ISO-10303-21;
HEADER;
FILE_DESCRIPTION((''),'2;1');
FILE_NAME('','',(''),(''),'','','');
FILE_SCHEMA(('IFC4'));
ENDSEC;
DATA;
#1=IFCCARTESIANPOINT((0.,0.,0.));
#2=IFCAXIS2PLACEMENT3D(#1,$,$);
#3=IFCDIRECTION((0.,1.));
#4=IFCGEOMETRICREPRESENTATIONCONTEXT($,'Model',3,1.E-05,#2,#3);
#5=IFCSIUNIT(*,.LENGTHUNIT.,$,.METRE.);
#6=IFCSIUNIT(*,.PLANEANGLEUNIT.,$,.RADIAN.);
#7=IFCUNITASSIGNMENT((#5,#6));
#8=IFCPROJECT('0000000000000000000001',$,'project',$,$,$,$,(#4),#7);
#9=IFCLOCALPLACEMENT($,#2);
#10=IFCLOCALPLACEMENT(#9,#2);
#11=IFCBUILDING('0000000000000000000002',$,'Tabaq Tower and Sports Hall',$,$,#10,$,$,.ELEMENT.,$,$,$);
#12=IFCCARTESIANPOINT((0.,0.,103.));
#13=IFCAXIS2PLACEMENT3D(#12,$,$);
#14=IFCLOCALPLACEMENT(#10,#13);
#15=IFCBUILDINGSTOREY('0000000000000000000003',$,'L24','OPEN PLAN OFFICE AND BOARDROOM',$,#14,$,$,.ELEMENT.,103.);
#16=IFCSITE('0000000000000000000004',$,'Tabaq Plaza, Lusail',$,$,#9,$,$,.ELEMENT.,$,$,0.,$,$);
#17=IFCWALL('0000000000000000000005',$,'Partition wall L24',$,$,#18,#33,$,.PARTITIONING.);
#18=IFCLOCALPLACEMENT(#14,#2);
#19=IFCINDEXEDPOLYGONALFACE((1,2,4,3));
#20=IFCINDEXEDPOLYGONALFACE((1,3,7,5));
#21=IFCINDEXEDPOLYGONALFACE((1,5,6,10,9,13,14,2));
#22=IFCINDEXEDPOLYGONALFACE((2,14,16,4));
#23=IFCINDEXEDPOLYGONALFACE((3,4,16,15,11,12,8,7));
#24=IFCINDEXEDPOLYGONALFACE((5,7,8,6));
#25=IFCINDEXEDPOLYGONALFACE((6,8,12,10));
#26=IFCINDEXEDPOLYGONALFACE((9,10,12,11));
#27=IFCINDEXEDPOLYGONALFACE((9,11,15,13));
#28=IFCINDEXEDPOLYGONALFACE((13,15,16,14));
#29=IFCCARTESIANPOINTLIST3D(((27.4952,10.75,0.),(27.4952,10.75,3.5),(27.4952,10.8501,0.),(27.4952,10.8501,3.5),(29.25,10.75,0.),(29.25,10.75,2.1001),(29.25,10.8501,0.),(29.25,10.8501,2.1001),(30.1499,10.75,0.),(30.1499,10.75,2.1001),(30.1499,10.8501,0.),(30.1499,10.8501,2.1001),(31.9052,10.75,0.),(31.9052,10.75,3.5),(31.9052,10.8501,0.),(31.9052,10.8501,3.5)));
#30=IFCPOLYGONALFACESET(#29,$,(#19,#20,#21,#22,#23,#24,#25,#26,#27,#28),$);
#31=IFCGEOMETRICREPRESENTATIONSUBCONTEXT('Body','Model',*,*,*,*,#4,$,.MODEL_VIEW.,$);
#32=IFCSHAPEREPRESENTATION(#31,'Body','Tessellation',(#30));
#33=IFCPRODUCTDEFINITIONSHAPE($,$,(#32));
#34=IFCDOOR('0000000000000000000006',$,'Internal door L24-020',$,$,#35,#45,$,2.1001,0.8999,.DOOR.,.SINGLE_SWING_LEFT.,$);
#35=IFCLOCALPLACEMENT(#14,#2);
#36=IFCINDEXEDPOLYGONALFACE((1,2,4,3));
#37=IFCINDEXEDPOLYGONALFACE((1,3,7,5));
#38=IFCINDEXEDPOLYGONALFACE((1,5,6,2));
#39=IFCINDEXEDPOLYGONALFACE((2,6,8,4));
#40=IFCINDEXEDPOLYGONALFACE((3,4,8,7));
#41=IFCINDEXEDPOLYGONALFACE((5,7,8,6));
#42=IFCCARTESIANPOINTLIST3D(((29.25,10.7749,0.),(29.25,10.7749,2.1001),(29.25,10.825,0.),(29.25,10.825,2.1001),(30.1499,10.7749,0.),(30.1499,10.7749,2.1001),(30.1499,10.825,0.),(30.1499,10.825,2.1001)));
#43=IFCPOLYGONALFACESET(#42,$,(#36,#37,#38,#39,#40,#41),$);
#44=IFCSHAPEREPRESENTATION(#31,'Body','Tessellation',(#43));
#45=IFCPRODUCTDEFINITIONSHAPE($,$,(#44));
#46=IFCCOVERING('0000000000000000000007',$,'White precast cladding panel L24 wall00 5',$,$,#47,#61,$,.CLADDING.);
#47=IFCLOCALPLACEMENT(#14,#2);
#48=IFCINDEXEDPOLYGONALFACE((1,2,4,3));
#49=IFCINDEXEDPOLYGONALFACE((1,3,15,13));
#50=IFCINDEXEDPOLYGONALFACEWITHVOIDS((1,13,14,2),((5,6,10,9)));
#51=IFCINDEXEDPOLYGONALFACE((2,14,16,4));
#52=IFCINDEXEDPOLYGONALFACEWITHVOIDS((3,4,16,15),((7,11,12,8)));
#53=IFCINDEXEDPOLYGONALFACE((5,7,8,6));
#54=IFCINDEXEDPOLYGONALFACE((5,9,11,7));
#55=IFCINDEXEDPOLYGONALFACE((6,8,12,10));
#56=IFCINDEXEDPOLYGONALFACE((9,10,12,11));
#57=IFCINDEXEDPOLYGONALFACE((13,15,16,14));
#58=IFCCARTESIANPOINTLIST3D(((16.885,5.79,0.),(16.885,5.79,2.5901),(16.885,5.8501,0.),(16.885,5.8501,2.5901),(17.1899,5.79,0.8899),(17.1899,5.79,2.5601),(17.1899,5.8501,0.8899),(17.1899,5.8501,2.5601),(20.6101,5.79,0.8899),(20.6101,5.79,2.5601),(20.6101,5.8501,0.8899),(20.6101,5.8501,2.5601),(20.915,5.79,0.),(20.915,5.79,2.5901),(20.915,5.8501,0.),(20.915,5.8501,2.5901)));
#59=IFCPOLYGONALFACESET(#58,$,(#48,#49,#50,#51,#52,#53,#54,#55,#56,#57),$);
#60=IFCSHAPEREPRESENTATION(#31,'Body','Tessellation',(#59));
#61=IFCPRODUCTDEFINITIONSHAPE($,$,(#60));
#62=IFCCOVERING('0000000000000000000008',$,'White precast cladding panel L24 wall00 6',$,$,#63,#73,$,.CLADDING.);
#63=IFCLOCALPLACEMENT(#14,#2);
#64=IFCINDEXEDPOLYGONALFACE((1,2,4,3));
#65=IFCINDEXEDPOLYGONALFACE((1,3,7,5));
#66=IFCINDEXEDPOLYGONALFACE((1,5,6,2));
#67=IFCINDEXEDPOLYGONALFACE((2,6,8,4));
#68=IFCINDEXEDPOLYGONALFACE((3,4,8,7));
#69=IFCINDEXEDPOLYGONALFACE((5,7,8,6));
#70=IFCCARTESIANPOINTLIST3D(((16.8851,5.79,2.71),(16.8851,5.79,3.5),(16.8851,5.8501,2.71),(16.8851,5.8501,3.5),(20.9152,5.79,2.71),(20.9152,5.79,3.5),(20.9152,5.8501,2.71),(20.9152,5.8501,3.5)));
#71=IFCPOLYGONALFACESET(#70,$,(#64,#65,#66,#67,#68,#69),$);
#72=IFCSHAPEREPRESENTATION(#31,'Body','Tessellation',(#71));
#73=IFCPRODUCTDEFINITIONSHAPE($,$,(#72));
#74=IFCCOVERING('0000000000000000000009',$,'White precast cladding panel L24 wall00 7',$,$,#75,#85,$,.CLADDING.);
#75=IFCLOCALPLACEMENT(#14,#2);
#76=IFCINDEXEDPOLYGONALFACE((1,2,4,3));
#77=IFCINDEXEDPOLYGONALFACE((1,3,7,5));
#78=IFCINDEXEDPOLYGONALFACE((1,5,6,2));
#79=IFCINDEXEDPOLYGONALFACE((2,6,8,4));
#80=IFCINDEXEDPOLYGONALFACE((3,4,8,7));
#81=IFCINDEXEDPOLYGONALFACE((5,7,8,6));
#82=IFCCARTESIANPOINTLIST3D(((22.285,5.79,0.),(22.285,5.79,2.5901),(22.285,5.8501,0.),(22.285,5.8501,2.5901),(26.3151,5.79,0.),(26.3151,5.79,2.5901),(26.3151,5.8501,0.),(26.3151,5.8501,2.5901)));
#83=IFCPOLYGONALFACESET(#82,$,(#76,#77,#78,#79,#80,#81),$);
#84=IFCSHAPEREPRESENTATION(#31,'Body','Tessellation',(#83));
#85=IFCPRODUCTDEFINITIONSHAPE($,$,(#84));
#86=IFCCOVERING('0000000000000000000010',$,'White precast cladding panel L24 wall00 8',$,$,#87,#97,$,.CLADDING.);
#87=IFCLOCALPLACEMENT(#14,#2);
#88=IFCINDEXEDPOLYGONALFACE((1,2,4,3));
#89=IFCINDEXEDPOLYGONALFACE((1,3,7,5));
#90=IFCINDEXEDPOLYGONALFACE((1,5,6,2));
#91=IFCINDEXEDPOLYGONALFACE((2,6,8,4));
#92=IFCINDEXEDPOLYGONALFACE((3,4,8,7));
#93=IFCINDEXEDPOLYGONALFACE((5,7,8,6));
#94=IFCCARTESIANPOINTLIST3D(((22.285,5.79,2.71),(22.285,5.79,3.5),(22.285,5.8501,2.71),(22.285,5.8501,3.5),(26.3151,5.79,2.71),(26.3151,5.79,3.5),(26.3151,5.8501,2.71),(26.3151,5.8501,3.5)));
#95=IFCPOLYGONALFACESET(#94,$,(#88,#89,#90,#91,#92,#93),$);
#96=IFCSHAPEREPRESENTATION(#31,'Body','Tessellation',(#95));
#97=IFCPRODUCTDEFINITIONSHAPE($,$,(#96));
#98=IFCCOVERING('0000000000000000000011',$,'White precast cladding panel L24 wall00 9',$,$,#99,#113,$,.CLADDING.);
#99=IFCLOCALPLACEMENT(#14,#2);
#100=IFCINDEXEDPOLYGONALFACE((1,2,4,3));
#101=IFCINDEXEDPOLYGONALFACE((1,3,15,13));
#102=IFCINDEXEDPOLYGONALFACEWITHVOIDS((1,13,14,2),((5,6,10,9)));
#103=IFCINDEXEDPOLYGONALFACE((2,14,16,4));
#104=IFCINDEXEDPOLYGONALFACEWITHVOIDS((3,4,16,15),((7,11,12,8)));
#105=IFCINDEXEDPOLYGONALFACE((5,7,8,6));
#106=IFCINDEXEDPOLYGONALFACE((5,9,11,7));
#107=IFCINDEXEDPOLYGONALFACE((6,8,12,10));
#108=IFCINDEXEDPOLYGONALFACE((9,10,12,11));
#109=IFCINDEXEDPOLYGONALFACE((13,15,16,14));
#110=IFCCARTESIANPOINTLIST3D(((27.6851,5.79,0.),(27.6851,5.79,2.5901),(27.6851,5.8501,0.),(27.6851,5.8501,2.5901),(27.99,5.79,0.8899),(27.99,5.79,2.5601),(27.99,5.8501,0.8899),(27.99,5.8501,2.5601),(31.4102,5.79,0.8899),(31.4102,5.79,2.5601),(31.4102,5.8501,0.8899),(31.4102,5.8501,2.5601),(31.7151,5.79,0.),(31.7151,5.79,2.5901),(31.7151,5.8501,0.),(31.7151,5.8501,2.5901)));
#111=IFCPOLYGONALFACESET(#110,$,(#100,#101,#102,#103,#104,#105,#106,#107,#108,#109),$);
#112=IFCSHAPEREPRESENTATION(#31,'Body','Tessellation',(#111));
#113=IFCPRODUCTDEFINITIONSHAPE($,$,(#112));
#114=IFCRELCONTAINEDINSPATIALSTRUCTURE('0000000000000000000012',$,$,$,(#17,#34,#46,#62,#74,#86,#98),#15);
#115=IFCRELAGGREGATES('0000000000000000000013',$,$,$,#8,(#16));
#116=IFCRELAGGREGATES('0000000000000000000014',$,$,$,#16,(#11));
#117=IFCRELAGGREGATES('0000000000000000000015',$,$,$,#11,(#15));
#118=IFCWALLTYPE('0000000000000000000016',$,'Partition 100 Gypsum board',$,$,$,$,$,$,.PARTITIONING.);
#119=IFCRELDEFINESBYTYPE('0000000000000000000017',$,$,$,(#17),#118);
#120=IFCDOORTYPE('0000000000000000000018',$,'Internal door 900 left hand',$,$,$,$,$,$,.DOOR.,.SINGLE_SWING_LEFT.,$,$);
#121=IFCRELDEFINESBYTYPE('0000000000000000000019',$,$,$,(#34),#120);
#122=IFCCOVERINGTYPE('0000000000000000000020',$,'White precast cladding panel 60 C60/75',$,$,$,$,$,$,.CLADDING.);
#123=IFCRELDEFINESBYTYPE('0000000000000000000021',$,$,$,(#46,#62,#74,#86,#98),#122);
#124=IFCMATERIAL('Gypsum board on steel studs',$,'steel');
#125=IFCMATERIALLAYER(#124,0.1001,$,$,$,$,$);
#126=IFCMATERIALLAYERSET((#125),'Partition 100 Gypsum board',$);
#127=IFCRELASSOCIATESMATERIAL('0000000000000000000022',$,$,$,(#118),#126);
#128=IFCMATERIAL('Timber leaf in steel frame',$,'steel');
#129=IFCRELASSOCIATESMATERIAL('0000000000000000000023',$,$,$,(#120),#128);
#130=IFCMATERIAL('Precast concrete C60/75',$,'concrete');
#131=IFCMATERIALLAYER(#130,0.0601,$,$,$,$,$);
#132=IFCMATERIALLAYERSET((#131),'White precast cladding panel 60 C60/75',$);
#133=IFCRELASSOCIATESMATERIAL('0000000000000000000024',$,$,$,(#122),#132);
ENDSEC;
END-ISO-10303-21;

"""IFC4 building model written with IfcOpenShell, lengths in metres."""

from ifc_helpers import new_model, si_unit, direction, frame, frame_2d, origin, place, context, subcontext, project, spatial, polyline, rectangle, outline, extrude, material, layer, layer_set, type_object, element, fill, save


model = new_model("IFC4")

# Units and contexts
model_context = context("Model", 3, precision=1e-05, world=origin(), true_north=direction((0.0, 1.0)))
body_context = subcontext(model_context, "Body", "Model", "MODEL_VIEW")
ifc_project = project(units=[si_unit("LENGTHUNIT", "METRE"), si_unit("PLANEANGLEUNIT", "RADIAN")], contexts=[model_context])

# Site, building, storey
site_placement = place(None, origin())
site = spatial("IfcSite", under=ifc_project, at=site_placement, Name="Tabaq Plaza, Lusail", CompositionType="ELEMENT", RefElevation=0.0)
building_placement = place(site_placement, origin())
building = spatial("IfcBuilding", under=site, at=building_placement, Name="Tabaq Tower and Sports Hall", CompositionType="ELEMENT")
storey_placement = place(building_placement, frame((0.0, 0.0, 103.0)))
storey = spatial("IfcBuildingStorey", under=building, at=storey_placement, Name="L24", Description="OPEN PLAN OFFICE AND BOARDROOM", CompositionType="ELEMENT", Elevation=103.0)

# Shared definitions
ifc_material_1 = material(Name="Gypsum board on steel studs", Category="steel")
ifc_layer_1 = layer(ifc_material_1, 0.1001)
ifc_layer_set_1 = layer_set([ifc_layer_1], Name="Partition 100 Gypsum board")
wall_type = type_object("IfcWallType", Name="Partition 100 Gypsum board", PredefinedType="PARTITIONING", material=ifc_layer_set_1)

# Wall, opening, door
wall_1_placement = place(storey_placement, frame((27.4951, 10.8, 0.0), z_axis=(0.0, 0.0, 1.0), x_axis=(1.0, 0.0, 0.0)))
wall_1 = element("IfcWall", 1, at=wall_1_placement, inside=storey, type_object=wall_type, Name="Partition wall L24", PredefinedType="PARTITIONING", context=body_context, shape_type="SweptSolid", body=[
    extrude(rectangle(XDim=4.4099, YDim=0.1001, at=frame_2d((2.2051, 0.0))), origin(), (0.0, 0.0, 1.0), 3.5),
])
opening_1_placement = place(wall_1_placement, frame((1.7549, 0.0, 0.0)))
opening_1 = element("IfcOpeningElement", 2, at=opening_1_placement, cuts=wall_1, PredefinedType="OPENING", context=body_context, shape_type="SweptSolid", body=[
    extrude(rectangle(XDim=0.8999, YDim=2.1001, at=frame_2d((0.45, 1.05))), frame((0.0, 0.05, 0.0), z_axis=(0.0, -1.0, 0.0), x_axis=(1.0, 0.0, 0.0)), (0.0, 0.0, 1.0), 0.1001),
])
ifc_material_2 = material(Name="Timber leaf in steel frame", Category="steel")
door_type_1 = type_object("IfcDoorType", Name="Internal door 900 left hand", OperationType="SINGLE_SWING_LEFT", PredefinedType="DOOR", material=ifc_material_2)
door_1_placement = place(opening_1_placement, origin())
door_1 = element("IfcDoor", 3, at=door_1_placement, inside=storey, type_object=door_type_1, Name="Internal door L24-020", OperationType="SINGLE_SWING_LEFT", OverallHeight=2.1001, OverallWidth=0.8999, PredefinedType="DOOR", context=body_context, shape_type="SweptSolid", body=[
    extrude(rectangle(XDim=0.8999, YDim=2.1001, at=frame_2d((0.45, 1.05))), frame((0.0, 0.0249, 0.0), z_axis=(0.0, -1.0, 0.0), x_axis=(1.0, 0.0, 0.0)), (0.0, 0.0, 1.0), 0.05),
])
fill(opening_1, door_1)

# Coverings
ifc_material_3 = material(Name="Precast concrete C60/75", Category="concrete")
ifc_layer_2 = layer(ifc_material_3, 0.0601)
ifc_layer_set_2 = layer_set([ifc_layer_2], Name="White precast cladding panel 60 C60/75")
covering_type = type_object("IfcCoveringType", Name="White precast cladding panel 60 C60/75", PredefinedType="CLADDING", material=ifc_layer_set_2)
covering_1_placement = place(storey_placement, frame((16.885, 5.8201, 0.0), z_axis=(0.0, 0.0, 1.0), x_axis=(1.0, 0.0, 0.0)))
element("IfcCovering", 4, at=covering_1_placement, inside=storey, type_object=covering_type, Name="White precast cladding panel L24 wall00 5", PredefinedType="CLADDING", context=body_context, shape_type="SweptSolid", body=[
    extrude(outline(polyline([(0.0, 0.0), (4.03, 0.0), (4.03, 2.5901), (0.0, 2.5901), (0.0, 0.0)]), holes=[polyline([(3.7251, 0.8899), (0.3049, 0.8899), (0.3049, 2.5601), (3.7251, 2.5601), (3.7251, 0.8899)])]), frame((0.0, 0.03, 0.0), z_axis=(0.0, -1.0, 0.0), x_axis=(1.0, 0.0, 0.0)), (0.0, 0.0, 1.0), 0.0601),
])
covering_2_placement = place(storey_placement, frame((16.885, 5.8201, 2.71), z_axis=(0.0, 0.0, 1.0), x_axis=(1.0, 0.0, 0.0)))
element("IfcCovering", 5, at=covering_2_placement, inside=storey, type_object=covering_type, Name="White precast cladding panel L24 wall00 6", PredefinedType="CLADDING", context=body_context, shape_type="SweptSolid", body=[
    extrude(rectangle(XDim=4.03, YDim=0.0601, at=frame_2d((2.0151, 0.0))), origin(), (0.0, 0.0, 1.0), 0.79),
])
covering_3_placement = place(storey_placement, frame((22.2849, 5.8201, 0.0), z_axis=(0.0, 0.0, 1.0), x_axis=(1.0, 0.0, 0.0)))
element("IfcCovering", 6, at=covering_3_placement, inside=storey, type_object=covering_type, Name="White precast cladding panel L24 wall00 7", PredefinedType="CLADDING", context=body_context, shape_type="SweptSolid", body=[
    extrude(rectangle(XDim=4.03, YDim=0.0601, at=frame_2d((2.0151, 0.0))), origin(), (0.0, 0.0, 1.0), 2.5901),
])
covering_4_placement = place(storey_placement, frame((22.2849, 5.8201, 2.71), z_axis=(0.0, 0.0, 1.0), x_axis=(1.0, 0.0, 0.0)))
element("IfcCovering", 7, at=covering_4_placement, inside=storey, type_object=covering_type, Name="White precast cladding panel L24 wall00 8", PredefinedType="CLADDING", context=body_context, shape_type="SweptSolid", body=[
    extrude(rectangle(XDim=4.03, YDim=0.0601, at=frame_2d((2.0151, 0.0))), origin(), (0.0, 0.0, 1.0), 0.79),
])
covering_5_placement = place(storey_placement, frame((27.6851, 5.8201, 0.0), z_axis=(0.0, 0.0, 1.0), x_axis=(1.0, 0.0, 0.0)))
element("IfcCovering", 8, at=covering_5_placement, inside=storey, type_object=covering_type, Name="White precast cladding panel L24 wall00 9", PredefinedType="CLADDING", context=body_context, shape_type="SweptSolid", body=[
    extrude(outline(polyline([(0.0, 0.0), (4.03, 0.0), (4.03, 2.5901), (0.0, 2.5901), (0.0, 0.0)]), holes=[polyline([(3.7251, 0.8899), (0.3049, 0.8899), (0.3049, 2.5601), (3.7251, 2.5601), (3.7251, 0.8899)])]), frame((0.0, 0.03, 0.0), z_axis=(0.0, -1.0, 0.0), x_axis=(1.0, 0.0, 0.0)), (0.0, 0.0, 1.0), 0.0601),
])

save(model, "model.ifc")
